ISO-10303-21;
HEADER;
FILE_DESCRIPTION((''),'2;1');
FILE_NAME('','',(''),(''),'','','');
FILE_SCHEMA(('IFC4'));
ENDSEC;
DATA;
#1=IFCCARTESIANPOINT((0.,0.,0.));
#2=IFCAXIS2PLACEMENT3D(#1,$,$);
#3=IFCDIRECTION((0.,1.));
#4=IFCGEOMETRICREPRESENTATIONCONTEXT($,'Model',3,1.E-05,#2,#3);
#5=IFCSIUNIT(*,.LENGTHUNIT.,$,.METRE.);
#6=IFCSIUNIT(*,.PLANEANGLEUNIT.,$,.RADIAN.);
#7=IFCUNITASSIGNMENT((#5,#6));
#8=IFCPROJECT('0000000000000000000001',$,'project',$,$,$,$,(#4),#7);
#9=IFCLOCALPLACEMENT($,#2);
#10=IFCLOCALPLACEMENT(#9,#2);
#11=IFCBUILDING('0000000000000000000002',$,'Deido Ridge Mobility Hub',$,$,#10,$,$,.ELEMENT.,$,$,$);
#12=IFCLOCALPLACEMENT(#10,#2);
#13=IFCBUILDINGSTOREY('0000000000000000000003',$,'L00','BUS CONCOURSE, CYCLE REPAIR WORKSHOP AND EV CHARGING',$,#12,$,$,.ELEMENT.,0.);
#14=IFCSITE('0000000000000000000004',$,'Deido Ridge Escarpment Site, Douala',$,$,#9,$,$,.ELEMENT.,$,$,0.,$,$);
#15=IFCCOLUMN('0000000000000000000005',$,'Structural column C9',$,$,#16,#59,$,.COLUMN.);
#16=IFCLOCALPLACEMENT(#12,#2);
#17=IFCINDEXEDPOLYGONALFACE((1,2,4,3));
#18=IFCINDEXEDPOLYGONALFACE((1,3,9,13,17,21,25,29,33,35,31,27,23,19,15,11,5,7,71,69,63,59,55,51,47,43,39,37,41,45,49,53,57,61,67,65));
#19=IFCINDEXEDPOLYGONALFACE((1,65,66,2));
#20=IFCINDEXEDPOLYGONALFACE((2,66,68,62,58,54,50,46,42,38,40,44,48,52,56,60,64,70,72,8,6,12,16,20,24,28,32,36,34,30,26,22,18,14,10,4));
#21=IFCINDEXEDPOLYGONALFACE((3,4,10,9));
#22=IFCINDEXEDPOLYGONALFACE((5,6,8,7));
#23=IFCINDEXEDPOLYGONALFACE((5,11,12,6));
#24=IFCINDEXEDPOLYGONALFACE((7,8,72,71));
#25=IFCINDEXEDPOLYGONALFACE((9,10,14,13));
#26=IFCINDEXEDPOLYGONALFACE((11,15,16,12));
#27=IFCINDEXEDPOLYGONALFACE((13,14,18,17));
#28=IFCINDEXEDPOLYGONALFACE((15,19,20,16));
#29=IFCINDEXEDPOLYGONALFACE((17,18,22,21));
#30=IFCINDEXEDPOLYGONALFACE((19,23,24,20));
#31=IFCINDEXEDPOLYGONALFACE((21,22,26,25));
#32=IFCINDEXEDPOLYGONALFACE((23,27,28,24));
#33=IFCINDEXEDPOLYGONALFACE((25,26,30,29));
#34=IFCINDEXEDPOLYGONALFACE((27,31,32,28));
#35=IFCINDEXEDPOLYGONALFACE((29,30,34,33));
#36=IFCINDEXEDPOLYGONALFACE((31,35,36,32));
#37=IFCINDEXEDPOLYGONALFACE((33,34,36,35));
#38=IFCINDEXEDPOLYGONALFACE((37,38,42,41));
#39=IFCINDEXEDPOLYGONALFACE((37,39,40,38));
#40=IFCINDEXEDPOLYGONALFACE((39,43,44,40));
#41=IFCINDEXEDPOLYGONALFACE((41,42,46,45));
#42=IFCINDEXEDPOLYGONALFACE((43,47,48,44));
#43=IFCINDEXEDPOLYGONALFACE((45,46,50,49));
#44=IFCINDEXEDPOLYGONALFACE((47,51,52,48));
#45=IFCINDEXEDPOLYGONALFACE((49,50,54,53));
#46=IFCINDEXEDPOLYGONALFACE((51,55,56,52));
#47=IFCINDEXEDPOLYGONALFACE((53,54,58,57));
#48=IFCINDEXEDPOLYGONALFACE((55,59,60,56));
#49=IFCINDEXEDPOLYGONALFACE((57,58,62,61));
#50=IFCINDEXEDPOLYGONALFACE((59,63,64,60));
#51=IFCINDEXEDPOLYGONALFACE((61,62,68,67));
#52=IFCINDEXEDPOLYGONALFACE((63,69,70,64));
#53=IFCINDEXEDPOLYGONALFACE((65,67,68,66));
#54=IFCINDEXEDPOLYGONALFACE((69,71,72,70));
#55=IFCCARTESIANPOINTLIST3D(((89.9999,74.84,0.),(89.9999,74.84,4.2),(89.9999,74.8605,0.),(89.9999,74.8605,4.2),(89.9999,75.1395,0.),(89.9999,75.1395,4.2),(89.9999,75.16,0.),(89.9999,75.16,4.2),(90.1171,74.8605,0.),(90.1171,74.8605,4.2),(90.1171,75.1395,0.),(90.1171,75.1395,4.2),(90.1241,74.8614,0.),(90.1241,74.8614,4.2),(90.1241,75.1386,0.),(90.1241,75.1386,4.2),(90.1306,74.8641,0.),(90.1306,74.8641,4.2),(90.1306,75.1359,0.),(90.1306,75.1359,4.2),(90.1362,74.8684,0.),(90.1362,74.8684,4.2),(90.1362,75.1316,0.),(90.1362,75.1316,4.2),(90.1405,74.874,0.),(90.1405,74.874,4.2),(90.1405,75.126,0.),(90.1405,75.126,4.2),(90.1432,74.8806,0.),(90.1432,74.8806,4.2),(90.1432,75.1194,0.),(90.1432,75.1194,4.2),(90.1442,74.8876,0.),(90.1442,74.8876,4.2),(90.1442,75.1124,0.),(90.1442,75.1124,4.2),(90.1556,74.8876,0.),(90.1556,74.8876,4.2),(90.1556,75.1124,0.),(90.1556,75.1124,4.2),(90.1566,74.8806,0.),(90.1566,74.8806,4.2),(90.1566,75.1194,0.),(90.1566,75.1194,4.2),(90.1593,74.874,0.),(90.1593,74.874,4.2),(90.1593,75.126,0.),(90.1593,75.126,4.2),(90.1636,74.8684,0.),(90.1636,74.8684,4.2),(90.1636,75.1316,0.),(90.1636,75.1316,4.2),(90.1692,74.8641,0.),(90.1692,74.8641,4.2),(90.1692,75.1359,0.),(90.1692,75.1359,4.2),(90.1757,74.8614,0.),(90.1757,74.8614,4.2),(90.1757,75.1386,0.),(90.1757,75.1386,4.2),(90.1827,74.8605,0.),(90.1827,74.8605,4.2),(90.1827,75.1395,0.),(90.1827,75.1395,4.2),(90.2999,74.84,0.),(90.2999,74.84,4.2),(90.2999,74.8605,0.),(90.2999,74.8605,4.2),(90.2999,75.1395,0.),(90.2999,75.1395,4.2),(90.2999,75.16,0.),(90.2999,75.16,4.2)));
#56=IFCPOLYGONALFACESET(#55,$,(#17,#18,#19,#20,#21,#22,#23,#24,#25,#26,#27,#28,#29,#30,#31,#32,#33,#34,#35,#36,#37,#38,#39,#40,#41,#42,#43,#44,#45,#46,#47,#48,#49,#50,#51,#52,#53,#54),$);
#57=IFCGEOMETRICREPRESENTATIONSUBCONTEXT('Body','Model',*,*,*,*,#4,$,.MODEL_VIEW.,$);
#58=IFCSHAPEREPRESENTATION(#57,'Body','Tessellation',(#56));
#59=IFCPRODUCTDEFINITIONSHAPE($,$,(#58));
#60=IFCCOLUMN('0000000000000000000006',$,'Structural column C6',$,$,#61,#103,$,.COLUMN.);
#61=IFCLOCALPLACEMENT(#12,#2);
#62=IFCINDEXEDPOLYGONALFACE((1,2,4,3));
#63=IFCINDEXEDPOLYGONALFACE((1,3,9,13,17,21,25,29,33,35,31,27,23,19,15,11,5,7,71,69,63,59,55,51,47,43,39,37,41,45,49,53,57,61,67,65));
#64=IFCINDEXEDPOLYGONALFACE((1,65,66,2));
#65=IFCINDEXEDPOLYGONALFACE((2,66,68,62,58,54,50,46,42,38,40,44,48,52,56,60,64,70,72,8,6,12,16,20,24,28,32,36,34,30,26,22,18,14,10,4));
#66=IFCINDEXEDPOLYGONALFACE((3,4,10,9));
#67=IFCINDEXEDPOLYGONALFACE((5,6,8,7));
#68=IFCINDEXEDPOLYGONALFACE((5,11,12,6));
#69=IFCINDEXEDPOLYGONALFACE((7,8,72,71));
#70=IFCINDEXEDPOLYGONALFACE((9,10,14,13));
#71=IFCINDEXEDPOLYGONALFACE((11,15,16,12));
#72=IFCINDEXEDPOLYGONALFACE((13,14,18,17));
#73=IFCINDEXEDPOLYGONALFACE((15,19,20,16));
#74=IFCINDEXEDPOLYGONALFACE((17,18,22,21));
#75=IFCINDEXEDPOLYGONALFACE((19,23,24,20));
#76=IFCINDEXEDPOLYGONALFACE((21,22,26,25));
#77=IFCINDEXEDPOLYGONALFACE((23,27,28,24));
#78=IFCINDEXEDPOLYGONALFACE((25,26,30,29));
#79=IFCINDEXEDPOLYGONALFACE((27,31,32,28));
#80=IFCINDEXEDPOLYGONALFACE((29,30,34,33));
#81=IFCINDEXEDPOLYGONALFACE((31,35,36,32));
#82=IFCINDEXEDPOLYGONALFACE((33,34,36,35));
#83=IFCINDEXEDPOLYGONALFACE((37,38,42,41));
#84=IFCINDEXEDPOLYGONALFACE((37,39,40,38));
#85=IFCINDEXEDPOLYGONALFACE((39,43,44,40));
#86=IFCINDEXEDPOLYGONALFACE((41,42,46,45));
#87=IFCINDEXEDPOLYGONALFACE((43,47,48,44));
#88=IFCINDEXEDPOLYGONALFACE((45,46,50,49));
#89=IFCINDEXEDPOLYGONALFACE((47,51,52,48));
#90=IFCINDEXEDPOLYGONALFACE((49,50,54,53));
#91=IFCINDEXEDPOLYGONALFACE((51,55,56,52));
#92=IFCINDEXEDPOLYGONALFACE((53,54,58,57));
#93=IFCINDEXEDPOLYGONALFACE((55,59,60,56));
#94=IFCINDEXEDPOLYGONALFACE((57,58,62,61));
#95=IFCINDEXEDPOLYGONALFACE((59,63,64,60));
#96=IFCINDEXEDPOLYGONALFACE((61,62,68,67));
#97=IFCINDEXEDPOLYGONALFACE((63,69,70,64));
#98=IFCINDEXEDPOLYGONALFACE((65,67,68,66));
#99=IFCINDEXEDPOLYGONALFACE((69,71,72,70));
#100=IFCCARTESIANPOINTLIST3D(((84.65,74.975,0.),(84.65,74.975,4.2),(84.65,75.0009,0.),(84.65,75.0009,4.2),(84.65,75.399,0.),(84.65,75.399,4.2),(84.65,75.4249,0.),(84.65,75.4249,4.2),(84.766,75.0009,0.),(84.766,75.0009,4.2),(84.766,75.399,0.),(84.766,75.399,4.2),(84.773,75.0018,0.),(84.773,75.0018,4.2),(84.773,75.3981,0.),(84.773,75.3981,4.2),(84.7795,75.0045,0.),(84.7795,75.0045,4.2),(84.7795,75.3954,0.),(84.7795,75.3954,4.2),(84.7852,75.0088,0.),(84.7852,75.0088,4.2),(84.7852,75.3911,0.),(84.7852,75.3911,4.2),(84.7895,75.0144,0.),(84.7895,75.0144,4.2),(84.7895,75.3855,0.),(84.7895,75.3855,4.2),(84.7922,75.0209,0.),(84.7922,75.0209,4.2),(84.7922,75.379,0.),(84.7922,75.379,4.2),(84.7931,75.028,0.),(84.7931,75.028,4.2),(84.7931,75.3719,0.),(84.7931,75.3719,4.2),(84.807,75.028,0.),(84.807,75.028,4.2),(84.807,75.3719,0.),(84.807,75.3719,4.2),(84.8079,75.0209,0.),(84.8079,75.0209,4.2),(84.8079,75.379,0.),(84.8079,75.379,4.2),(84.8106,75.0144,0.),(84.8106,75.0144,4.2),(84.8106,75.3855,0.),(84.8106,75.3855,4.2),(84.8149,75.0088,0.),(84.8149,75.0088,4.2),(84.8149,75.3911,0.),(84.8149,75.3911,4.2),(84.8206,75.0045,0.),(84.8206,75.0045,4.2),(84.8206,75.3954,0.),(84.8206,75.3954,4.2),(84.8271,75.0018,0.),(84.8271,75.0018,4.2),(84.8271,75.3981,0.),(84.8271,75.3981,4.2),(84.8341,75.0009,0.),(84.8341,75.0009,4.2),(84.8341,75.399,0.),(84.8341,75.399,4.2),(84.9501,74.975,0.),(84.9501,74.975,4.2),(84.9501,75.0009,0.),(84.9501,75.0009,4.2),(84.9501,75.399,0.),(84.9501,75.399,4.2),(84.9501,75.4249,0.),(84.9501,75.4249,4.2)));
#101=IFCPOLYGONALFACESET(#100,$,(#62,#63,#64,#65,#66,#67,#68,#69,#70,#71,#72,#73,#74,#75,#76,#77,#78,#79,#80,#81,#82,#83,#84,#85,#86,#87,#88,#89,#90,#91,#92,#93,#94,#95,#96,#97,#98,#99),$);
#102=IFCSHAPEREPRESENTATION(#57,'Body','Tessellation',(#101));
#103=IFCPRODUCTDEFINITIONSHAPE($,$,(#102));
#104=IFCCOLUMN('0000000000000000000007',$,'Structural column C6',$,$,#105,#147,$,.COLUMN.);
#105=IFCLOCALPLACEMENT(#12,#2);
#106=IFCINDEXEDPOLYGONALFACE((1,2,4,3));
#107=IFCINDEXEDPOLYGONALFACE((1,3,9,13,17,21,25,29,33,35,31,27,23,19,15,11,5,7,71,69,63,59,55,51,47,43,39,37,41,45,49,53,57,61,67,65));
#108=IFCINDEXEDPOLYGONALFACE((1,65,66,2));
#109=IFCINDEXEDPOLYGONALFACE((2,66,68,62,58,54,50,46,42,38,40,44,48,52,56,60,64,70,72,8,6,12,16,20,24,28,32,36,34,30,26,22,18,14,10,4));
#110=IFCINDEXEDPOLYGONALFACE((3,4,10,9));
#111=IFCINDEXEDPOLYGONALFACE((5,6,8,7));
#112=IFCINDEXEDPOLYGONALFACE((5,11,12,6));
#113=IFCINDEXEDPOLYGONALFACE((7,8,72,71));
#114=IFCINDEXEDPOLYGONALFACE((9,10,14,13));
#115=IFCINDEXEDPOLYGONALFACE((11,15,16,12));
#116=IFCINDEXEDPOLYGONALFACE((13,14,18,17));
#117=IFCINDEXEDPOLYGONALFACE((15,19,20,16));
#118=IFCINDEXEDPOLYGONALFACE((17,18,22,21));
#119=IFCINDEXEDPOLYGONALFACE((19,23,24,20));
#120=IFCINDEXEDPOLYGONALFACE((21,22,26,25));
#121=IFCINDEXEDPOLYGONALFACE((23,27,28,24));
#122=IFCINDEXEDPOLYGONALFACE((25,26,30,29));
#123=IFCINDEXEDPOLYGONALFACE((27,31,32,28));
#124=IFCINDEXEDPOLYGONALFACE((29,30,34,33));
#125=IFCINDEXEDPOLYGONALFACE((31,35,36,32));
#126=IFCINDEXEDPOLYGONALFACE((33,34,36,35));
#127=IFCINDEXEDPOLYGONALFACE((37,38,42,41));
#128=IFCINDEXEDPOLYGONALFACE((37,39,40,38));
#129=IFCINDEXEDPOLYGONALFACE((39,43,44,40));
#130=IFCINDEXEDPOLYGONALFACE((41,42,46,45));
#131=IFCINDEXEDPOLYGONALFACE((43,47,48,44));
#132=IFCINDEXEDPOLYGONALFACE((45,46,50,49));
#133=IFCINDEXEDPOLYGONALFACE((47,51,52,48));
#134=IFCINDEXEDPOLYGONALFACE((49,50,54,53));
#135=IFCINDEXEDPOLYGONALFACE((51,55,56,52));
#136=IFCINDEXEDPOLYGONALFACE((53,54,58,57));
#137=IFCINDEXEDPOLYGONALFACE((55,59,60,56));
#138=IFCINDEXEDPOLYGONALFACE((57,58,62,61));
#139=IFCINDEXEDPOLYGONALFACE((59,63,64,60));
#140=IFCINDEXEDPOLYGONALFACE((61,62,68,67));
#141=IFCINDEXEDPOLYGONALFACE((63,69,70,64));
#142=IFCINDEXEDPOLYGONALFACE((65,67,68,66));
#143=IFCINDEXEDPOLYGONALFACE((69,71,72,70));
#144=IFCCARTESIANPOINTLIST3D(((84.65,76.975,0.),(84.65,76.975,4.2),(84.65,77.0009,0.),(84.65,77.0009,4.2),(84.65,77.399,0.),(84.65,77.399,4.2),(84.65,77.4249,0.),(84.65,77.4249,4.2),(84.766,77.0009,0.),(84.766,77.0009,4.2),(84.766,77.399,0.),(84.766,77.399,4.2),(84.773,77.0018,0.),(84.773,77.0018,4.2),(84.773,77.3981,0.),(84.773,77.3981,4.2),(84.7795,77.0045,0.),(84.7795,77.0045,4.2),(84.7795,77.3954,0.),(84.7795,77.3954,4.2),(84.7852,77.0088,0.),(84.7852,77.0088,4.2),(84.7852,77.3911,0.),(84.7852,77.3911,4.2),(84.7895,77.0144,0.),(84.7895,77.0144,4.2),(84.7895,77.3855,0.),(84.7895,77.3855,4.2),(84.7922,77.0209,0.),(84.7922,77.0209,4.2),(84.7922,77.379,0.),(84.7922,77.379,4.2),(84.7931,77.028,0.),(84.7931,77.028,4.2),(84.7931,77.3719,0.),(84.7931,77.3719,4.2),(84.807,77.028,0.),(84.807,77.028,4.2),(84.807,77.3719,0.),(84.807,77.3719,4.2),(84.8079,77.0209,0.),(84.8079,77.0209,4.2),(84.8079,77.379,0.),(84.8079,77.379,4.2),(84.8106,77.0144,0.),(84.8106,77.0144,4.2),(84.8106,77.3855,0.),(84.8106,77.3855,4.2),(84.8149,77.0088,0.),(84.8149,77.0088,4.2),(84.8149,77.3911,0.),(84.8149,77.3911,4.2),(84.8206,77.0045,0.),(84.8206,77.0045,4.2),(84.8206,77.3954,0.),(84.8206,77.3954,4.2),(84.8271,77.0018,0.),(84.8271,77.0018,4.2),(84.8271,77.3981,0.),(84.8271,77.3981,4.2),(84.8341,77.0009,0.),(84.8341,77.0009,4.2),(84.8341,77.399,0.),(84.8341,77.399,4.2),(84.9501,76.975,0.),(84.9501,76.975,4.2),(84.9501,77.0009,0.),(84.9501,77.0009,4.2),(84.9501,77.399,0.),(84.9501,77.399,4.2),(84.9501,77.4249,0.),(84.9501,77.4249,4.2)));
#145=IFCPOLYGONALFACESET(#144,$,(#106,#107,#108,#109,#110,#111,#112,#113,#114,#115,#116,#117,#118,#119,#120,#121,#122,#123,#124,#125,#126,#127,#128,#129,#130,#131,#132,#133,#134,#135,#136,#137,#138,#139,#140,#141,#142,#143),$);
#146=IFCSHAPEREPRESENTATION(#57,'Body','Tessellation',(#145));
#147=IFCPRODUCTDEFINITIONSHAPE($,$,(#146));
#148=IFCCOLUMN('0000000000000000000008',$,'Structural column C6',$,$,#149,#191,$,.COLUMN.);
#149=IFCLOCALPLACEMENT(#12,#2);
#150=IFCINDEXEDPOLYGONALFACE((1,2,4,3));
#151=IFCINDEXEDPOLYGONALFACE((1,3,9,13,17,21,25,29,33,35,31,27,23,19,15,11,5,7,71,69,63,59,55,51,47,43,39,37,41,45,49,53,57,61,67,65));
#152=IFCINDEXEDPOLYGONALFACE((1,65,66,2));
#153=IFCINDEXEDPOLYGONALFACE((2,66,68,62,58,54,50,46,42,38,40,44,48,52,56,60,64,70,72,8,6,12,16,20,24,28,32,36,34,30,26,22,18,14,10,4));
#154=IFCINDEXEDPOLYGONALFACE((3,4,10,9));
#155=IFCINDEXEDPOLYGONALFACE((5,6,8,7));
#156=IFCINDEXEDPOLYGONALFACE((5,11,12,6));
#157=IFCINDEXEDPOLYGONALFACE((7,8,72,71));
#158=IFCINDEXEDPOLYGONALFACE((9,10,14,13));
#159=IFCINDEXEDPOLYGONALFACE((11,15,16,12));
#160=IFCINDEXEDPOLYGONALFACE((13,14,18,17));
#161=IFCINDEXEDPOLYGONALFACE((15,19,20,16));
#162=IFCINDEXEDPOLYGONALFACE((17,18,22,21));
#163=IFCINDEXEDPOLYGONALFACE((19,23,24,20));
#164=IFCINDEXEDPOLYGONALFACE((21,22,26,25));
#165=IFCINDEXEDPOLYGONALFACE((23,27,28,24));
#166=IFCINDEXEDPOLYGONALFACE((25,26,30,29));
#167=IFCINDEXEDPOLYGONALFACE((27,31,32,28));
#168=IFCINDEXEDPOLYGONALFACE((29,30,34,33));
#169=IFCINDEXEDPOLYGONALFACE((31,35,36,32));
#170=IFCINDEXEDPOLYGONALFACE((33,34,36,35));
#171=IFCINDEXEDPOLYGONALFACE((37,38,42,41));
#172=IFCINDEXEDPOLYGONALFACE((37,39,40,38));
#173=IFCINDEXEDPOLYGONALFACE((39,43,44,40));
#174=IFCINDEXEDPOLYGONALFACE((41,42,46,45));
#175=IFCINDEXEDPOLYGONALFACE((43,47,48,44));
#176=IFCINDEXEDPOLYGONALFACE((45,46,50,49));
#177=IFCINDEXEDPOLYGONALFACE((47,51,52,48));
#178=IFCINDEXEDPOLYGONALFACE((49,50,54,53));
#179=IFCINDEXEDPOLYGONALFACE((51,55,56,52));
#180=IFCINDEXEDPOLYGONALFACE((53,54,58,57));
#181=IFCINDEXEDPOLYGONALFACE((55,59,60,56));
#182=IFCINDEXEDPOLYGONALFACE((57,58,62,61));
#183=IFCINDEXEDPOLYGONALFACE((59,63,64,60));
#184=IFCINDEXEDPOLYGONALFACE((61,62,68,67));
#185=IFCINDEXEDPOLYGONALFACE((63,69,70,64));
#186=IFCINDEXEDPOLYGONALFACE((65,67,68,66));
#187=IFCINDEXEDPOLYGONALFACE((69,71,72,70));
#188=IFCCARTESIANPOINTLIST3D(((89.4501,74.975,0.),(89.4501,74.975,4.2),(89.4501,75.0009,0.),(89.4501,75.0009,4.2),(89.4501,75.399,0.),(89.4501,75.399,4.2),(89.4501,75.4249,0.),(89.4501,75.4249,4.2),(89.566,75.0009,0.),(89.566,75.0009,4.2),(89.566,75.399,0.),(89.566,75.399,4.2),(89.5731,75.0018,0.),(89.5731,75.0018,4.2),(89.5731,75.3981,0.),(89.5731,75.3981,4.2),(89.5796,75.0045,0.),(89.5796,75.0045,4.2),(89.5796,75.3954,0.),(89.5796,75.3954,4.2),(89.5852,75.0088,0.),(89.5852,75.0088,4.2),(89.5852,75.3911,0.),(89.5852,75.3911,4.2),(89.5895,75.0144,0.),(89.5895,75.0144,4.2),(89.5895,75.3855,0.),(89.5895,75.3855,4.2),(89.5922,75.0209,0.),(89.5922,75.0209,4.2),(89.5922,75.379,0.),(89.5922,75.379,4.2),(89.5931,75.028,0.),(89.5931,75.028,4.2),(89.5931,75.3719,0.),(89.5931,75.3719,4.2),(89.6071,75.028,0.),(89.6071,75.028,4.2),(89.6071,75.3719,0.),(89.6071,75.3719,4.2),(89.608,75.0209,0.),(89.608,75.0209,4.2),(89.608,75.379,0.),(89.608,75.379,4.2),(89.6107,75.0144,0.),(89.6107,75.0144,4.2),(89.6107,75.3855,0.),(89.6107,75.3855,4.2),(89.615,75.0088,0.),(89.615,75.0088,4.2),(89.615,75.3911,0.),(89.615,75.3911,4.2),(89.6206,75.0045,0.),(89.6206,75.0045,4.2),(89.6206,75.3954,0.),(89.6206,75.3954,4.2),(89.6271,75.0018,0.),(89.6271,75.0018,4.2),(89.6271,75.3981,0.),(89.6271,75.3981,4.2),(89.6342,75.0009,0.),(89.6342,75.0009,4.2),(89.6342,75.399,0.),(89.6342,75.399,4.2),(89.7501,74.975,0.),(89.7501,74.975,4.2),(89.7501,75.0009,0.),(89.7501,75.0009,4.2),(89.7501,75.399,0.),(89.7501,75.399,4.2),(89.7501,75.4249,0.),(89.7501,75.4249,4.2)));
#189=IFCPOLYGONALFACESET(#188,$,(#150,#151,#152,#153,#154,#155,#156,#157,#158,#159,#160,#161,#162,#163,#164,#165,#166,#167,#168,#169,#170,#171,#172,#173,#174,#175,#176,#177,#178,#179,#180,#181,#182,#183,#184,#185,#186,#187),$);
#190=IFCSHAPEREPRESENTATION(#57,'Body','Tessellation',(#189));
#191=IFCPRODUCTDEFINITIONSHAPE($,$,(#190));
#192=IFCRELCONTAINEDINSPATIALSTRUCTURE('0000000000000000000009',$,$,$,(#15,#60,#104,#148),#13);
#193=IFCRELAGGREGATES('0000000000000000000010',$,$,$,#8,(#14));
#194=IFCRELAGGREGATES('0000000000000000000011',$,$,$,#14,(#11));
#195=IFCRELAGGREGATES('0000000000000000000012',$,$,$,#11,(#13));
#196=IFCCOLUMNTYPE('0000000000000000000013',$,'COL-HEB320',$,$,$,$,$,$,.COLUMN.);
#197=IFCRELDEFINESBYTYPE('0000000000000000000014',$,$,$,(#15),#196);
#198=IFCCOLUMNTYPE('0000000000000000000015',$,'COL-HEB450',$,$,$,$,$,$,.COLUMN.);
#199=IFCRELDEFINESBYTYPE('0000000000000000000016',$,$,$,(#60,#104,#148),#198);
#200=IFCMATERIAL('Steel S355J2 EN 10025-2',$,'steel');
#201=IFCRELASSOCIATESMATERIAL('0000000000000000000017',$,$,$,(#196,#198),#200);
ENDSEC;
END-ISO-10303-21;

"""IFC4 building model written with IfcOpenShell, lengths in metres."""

from ifc_helpers import new_model, si_unit, direction, frame, origin, origin_2d, place, context, subcontext, project, spatial, i_section, extrude, material, material_profile, profile_set, type_object, element, save


model = new_model("IFC4")

# Units and contexts
model_context = context("Model", 3, precision=1e-05, world=origin(), true_north=direction((0.0, 1.0)))
body_context = subcontext(model_context, "Body", "Model", "MODEL_VIEW")
ifc_project = project(units=[si_unit("LENGTHUNIT", "METRE"), si_unit("PLANEANGLEUNIT", "RADIAN")], contexts=[model_context])

# Site, building, storey
site_placement = place(None, origin())
site = spatial("IfcSite", under=ifc_project, at=site_placement, Name="Deido Ridge Escarpment Site, Douala", CompositionType="ELEMENT", RefElevation=0.0)
building_placement = place(site_placement, origin())
building = spatial("IfcBuilding", under=site, at=building_placement, Name="Deido Ridge Mobility Hub", CompositionType="ELEMENT")
storey_placement = place(building_placement, origin())
storey = spatial("IfcBuildingStorey", under=building, at=storey_placement, Name="L00", Description="BUS CONCOURSE, CYCLE REPAIR WORKSHOP AND EV CHARGING", CompositionType="ELEMENT", Elevation=0.0)

# Columns
ifc_material_1 = material(Name="Steel S355J2 EN 10025-2", Category="steel")
ifc_material_profile_1 = material_profile(ifc_material_1, i_section(OverallWidth=0.3, OverallDepth=0.3201, WebThickness=0.0115, FlangeThickness=0.0205, FilletRadius=0.0271, at=origin_2d()), Name="HEB 320")
ifc_profile_set_1 = profile_set([ifc_material_profile_1], Name="Steel S355J2 EN 10025-2")
column_type_1 = type_object("IfcColumnType", Name="COL-HEB320", PredefinedType="COLUMN", material=ifc_profile_set_1)
column_placement = place(storey_placement, frame((90.1499, 75.0, 0.0), z_axis=(0.0, 0.0, 1.0), x_axis=(1.0, 0.0, 0.0)))
element("IfcColumn", 1, at=column_placement, inside=storey, type_object=column_type_1, Name="Structural column C9", PredefinedType="COLUMN", context=body_context, shape_type="SweptSolid", body=[
    extrude(i_section(OverallWidth=0.3, OverallDepth=0.3201, WebThickness=0.0115, FlangeThickness=0.0205, FilletRadius=0.0271, at=origin_2d()), origin(), (0.0, 0.0, 1.0), 4.2),
])
ifc_material_profile_2 = material_profile(ifc_material_1, i_section(OverallWidth=0.3, OverallDepth=0.45, WebThickness=0.0139, FlangeThickness=0.0259, FilletRadius=0.0271, at=origin_2d()), Name="HEB 450")
ifc_profile_set_2 = profile_set([ifc_material_profile_2], Name="Steel S355J2 EN 10025-2")
column_type_2 = type_object("IfcColumnType", Name="COL-HEB450", PredefinedType="COLUMN", material=ifc_profile_set_2)
for number, where, z_axis, x_axis, name in (
    (2, (84.8, 75.2, 0.0), (0.0, 0.0, 1.0), (1.0, 0.0, 0.0), "Structural column C6"),
    (3, (84.8, 77.2, 0.0), (0.0, 0.0, 1.0), (1.0, 0.0, 0.0), "Structural column C6"),
    (4, (89.6001, 75.2, 0.0), (0.0, 0.0, 1.0), (1.0, 0.0, 0.0), "Structural column C6"),
):
    element("IfcColumn", number, at=place(storey_placement, frame(where, z_axis=z_axis, x_axis=x_axis)), inside=storey, type_object=column_type_2, Name=name, PredefinedType="COLUMN", context=body_context, shape_type="SweptSolid", body=[
        extrude(i_section(OverallWidth=0.3, OverallDepth=0.45, WebThickness=0.0139, FlangeThickness=0.0259, FilletRadius=0.0271, at=origin_2d()), origin(), (0.0, 0.0, 1.0), 4.2),
    ])

save(model, "model.ifc")
